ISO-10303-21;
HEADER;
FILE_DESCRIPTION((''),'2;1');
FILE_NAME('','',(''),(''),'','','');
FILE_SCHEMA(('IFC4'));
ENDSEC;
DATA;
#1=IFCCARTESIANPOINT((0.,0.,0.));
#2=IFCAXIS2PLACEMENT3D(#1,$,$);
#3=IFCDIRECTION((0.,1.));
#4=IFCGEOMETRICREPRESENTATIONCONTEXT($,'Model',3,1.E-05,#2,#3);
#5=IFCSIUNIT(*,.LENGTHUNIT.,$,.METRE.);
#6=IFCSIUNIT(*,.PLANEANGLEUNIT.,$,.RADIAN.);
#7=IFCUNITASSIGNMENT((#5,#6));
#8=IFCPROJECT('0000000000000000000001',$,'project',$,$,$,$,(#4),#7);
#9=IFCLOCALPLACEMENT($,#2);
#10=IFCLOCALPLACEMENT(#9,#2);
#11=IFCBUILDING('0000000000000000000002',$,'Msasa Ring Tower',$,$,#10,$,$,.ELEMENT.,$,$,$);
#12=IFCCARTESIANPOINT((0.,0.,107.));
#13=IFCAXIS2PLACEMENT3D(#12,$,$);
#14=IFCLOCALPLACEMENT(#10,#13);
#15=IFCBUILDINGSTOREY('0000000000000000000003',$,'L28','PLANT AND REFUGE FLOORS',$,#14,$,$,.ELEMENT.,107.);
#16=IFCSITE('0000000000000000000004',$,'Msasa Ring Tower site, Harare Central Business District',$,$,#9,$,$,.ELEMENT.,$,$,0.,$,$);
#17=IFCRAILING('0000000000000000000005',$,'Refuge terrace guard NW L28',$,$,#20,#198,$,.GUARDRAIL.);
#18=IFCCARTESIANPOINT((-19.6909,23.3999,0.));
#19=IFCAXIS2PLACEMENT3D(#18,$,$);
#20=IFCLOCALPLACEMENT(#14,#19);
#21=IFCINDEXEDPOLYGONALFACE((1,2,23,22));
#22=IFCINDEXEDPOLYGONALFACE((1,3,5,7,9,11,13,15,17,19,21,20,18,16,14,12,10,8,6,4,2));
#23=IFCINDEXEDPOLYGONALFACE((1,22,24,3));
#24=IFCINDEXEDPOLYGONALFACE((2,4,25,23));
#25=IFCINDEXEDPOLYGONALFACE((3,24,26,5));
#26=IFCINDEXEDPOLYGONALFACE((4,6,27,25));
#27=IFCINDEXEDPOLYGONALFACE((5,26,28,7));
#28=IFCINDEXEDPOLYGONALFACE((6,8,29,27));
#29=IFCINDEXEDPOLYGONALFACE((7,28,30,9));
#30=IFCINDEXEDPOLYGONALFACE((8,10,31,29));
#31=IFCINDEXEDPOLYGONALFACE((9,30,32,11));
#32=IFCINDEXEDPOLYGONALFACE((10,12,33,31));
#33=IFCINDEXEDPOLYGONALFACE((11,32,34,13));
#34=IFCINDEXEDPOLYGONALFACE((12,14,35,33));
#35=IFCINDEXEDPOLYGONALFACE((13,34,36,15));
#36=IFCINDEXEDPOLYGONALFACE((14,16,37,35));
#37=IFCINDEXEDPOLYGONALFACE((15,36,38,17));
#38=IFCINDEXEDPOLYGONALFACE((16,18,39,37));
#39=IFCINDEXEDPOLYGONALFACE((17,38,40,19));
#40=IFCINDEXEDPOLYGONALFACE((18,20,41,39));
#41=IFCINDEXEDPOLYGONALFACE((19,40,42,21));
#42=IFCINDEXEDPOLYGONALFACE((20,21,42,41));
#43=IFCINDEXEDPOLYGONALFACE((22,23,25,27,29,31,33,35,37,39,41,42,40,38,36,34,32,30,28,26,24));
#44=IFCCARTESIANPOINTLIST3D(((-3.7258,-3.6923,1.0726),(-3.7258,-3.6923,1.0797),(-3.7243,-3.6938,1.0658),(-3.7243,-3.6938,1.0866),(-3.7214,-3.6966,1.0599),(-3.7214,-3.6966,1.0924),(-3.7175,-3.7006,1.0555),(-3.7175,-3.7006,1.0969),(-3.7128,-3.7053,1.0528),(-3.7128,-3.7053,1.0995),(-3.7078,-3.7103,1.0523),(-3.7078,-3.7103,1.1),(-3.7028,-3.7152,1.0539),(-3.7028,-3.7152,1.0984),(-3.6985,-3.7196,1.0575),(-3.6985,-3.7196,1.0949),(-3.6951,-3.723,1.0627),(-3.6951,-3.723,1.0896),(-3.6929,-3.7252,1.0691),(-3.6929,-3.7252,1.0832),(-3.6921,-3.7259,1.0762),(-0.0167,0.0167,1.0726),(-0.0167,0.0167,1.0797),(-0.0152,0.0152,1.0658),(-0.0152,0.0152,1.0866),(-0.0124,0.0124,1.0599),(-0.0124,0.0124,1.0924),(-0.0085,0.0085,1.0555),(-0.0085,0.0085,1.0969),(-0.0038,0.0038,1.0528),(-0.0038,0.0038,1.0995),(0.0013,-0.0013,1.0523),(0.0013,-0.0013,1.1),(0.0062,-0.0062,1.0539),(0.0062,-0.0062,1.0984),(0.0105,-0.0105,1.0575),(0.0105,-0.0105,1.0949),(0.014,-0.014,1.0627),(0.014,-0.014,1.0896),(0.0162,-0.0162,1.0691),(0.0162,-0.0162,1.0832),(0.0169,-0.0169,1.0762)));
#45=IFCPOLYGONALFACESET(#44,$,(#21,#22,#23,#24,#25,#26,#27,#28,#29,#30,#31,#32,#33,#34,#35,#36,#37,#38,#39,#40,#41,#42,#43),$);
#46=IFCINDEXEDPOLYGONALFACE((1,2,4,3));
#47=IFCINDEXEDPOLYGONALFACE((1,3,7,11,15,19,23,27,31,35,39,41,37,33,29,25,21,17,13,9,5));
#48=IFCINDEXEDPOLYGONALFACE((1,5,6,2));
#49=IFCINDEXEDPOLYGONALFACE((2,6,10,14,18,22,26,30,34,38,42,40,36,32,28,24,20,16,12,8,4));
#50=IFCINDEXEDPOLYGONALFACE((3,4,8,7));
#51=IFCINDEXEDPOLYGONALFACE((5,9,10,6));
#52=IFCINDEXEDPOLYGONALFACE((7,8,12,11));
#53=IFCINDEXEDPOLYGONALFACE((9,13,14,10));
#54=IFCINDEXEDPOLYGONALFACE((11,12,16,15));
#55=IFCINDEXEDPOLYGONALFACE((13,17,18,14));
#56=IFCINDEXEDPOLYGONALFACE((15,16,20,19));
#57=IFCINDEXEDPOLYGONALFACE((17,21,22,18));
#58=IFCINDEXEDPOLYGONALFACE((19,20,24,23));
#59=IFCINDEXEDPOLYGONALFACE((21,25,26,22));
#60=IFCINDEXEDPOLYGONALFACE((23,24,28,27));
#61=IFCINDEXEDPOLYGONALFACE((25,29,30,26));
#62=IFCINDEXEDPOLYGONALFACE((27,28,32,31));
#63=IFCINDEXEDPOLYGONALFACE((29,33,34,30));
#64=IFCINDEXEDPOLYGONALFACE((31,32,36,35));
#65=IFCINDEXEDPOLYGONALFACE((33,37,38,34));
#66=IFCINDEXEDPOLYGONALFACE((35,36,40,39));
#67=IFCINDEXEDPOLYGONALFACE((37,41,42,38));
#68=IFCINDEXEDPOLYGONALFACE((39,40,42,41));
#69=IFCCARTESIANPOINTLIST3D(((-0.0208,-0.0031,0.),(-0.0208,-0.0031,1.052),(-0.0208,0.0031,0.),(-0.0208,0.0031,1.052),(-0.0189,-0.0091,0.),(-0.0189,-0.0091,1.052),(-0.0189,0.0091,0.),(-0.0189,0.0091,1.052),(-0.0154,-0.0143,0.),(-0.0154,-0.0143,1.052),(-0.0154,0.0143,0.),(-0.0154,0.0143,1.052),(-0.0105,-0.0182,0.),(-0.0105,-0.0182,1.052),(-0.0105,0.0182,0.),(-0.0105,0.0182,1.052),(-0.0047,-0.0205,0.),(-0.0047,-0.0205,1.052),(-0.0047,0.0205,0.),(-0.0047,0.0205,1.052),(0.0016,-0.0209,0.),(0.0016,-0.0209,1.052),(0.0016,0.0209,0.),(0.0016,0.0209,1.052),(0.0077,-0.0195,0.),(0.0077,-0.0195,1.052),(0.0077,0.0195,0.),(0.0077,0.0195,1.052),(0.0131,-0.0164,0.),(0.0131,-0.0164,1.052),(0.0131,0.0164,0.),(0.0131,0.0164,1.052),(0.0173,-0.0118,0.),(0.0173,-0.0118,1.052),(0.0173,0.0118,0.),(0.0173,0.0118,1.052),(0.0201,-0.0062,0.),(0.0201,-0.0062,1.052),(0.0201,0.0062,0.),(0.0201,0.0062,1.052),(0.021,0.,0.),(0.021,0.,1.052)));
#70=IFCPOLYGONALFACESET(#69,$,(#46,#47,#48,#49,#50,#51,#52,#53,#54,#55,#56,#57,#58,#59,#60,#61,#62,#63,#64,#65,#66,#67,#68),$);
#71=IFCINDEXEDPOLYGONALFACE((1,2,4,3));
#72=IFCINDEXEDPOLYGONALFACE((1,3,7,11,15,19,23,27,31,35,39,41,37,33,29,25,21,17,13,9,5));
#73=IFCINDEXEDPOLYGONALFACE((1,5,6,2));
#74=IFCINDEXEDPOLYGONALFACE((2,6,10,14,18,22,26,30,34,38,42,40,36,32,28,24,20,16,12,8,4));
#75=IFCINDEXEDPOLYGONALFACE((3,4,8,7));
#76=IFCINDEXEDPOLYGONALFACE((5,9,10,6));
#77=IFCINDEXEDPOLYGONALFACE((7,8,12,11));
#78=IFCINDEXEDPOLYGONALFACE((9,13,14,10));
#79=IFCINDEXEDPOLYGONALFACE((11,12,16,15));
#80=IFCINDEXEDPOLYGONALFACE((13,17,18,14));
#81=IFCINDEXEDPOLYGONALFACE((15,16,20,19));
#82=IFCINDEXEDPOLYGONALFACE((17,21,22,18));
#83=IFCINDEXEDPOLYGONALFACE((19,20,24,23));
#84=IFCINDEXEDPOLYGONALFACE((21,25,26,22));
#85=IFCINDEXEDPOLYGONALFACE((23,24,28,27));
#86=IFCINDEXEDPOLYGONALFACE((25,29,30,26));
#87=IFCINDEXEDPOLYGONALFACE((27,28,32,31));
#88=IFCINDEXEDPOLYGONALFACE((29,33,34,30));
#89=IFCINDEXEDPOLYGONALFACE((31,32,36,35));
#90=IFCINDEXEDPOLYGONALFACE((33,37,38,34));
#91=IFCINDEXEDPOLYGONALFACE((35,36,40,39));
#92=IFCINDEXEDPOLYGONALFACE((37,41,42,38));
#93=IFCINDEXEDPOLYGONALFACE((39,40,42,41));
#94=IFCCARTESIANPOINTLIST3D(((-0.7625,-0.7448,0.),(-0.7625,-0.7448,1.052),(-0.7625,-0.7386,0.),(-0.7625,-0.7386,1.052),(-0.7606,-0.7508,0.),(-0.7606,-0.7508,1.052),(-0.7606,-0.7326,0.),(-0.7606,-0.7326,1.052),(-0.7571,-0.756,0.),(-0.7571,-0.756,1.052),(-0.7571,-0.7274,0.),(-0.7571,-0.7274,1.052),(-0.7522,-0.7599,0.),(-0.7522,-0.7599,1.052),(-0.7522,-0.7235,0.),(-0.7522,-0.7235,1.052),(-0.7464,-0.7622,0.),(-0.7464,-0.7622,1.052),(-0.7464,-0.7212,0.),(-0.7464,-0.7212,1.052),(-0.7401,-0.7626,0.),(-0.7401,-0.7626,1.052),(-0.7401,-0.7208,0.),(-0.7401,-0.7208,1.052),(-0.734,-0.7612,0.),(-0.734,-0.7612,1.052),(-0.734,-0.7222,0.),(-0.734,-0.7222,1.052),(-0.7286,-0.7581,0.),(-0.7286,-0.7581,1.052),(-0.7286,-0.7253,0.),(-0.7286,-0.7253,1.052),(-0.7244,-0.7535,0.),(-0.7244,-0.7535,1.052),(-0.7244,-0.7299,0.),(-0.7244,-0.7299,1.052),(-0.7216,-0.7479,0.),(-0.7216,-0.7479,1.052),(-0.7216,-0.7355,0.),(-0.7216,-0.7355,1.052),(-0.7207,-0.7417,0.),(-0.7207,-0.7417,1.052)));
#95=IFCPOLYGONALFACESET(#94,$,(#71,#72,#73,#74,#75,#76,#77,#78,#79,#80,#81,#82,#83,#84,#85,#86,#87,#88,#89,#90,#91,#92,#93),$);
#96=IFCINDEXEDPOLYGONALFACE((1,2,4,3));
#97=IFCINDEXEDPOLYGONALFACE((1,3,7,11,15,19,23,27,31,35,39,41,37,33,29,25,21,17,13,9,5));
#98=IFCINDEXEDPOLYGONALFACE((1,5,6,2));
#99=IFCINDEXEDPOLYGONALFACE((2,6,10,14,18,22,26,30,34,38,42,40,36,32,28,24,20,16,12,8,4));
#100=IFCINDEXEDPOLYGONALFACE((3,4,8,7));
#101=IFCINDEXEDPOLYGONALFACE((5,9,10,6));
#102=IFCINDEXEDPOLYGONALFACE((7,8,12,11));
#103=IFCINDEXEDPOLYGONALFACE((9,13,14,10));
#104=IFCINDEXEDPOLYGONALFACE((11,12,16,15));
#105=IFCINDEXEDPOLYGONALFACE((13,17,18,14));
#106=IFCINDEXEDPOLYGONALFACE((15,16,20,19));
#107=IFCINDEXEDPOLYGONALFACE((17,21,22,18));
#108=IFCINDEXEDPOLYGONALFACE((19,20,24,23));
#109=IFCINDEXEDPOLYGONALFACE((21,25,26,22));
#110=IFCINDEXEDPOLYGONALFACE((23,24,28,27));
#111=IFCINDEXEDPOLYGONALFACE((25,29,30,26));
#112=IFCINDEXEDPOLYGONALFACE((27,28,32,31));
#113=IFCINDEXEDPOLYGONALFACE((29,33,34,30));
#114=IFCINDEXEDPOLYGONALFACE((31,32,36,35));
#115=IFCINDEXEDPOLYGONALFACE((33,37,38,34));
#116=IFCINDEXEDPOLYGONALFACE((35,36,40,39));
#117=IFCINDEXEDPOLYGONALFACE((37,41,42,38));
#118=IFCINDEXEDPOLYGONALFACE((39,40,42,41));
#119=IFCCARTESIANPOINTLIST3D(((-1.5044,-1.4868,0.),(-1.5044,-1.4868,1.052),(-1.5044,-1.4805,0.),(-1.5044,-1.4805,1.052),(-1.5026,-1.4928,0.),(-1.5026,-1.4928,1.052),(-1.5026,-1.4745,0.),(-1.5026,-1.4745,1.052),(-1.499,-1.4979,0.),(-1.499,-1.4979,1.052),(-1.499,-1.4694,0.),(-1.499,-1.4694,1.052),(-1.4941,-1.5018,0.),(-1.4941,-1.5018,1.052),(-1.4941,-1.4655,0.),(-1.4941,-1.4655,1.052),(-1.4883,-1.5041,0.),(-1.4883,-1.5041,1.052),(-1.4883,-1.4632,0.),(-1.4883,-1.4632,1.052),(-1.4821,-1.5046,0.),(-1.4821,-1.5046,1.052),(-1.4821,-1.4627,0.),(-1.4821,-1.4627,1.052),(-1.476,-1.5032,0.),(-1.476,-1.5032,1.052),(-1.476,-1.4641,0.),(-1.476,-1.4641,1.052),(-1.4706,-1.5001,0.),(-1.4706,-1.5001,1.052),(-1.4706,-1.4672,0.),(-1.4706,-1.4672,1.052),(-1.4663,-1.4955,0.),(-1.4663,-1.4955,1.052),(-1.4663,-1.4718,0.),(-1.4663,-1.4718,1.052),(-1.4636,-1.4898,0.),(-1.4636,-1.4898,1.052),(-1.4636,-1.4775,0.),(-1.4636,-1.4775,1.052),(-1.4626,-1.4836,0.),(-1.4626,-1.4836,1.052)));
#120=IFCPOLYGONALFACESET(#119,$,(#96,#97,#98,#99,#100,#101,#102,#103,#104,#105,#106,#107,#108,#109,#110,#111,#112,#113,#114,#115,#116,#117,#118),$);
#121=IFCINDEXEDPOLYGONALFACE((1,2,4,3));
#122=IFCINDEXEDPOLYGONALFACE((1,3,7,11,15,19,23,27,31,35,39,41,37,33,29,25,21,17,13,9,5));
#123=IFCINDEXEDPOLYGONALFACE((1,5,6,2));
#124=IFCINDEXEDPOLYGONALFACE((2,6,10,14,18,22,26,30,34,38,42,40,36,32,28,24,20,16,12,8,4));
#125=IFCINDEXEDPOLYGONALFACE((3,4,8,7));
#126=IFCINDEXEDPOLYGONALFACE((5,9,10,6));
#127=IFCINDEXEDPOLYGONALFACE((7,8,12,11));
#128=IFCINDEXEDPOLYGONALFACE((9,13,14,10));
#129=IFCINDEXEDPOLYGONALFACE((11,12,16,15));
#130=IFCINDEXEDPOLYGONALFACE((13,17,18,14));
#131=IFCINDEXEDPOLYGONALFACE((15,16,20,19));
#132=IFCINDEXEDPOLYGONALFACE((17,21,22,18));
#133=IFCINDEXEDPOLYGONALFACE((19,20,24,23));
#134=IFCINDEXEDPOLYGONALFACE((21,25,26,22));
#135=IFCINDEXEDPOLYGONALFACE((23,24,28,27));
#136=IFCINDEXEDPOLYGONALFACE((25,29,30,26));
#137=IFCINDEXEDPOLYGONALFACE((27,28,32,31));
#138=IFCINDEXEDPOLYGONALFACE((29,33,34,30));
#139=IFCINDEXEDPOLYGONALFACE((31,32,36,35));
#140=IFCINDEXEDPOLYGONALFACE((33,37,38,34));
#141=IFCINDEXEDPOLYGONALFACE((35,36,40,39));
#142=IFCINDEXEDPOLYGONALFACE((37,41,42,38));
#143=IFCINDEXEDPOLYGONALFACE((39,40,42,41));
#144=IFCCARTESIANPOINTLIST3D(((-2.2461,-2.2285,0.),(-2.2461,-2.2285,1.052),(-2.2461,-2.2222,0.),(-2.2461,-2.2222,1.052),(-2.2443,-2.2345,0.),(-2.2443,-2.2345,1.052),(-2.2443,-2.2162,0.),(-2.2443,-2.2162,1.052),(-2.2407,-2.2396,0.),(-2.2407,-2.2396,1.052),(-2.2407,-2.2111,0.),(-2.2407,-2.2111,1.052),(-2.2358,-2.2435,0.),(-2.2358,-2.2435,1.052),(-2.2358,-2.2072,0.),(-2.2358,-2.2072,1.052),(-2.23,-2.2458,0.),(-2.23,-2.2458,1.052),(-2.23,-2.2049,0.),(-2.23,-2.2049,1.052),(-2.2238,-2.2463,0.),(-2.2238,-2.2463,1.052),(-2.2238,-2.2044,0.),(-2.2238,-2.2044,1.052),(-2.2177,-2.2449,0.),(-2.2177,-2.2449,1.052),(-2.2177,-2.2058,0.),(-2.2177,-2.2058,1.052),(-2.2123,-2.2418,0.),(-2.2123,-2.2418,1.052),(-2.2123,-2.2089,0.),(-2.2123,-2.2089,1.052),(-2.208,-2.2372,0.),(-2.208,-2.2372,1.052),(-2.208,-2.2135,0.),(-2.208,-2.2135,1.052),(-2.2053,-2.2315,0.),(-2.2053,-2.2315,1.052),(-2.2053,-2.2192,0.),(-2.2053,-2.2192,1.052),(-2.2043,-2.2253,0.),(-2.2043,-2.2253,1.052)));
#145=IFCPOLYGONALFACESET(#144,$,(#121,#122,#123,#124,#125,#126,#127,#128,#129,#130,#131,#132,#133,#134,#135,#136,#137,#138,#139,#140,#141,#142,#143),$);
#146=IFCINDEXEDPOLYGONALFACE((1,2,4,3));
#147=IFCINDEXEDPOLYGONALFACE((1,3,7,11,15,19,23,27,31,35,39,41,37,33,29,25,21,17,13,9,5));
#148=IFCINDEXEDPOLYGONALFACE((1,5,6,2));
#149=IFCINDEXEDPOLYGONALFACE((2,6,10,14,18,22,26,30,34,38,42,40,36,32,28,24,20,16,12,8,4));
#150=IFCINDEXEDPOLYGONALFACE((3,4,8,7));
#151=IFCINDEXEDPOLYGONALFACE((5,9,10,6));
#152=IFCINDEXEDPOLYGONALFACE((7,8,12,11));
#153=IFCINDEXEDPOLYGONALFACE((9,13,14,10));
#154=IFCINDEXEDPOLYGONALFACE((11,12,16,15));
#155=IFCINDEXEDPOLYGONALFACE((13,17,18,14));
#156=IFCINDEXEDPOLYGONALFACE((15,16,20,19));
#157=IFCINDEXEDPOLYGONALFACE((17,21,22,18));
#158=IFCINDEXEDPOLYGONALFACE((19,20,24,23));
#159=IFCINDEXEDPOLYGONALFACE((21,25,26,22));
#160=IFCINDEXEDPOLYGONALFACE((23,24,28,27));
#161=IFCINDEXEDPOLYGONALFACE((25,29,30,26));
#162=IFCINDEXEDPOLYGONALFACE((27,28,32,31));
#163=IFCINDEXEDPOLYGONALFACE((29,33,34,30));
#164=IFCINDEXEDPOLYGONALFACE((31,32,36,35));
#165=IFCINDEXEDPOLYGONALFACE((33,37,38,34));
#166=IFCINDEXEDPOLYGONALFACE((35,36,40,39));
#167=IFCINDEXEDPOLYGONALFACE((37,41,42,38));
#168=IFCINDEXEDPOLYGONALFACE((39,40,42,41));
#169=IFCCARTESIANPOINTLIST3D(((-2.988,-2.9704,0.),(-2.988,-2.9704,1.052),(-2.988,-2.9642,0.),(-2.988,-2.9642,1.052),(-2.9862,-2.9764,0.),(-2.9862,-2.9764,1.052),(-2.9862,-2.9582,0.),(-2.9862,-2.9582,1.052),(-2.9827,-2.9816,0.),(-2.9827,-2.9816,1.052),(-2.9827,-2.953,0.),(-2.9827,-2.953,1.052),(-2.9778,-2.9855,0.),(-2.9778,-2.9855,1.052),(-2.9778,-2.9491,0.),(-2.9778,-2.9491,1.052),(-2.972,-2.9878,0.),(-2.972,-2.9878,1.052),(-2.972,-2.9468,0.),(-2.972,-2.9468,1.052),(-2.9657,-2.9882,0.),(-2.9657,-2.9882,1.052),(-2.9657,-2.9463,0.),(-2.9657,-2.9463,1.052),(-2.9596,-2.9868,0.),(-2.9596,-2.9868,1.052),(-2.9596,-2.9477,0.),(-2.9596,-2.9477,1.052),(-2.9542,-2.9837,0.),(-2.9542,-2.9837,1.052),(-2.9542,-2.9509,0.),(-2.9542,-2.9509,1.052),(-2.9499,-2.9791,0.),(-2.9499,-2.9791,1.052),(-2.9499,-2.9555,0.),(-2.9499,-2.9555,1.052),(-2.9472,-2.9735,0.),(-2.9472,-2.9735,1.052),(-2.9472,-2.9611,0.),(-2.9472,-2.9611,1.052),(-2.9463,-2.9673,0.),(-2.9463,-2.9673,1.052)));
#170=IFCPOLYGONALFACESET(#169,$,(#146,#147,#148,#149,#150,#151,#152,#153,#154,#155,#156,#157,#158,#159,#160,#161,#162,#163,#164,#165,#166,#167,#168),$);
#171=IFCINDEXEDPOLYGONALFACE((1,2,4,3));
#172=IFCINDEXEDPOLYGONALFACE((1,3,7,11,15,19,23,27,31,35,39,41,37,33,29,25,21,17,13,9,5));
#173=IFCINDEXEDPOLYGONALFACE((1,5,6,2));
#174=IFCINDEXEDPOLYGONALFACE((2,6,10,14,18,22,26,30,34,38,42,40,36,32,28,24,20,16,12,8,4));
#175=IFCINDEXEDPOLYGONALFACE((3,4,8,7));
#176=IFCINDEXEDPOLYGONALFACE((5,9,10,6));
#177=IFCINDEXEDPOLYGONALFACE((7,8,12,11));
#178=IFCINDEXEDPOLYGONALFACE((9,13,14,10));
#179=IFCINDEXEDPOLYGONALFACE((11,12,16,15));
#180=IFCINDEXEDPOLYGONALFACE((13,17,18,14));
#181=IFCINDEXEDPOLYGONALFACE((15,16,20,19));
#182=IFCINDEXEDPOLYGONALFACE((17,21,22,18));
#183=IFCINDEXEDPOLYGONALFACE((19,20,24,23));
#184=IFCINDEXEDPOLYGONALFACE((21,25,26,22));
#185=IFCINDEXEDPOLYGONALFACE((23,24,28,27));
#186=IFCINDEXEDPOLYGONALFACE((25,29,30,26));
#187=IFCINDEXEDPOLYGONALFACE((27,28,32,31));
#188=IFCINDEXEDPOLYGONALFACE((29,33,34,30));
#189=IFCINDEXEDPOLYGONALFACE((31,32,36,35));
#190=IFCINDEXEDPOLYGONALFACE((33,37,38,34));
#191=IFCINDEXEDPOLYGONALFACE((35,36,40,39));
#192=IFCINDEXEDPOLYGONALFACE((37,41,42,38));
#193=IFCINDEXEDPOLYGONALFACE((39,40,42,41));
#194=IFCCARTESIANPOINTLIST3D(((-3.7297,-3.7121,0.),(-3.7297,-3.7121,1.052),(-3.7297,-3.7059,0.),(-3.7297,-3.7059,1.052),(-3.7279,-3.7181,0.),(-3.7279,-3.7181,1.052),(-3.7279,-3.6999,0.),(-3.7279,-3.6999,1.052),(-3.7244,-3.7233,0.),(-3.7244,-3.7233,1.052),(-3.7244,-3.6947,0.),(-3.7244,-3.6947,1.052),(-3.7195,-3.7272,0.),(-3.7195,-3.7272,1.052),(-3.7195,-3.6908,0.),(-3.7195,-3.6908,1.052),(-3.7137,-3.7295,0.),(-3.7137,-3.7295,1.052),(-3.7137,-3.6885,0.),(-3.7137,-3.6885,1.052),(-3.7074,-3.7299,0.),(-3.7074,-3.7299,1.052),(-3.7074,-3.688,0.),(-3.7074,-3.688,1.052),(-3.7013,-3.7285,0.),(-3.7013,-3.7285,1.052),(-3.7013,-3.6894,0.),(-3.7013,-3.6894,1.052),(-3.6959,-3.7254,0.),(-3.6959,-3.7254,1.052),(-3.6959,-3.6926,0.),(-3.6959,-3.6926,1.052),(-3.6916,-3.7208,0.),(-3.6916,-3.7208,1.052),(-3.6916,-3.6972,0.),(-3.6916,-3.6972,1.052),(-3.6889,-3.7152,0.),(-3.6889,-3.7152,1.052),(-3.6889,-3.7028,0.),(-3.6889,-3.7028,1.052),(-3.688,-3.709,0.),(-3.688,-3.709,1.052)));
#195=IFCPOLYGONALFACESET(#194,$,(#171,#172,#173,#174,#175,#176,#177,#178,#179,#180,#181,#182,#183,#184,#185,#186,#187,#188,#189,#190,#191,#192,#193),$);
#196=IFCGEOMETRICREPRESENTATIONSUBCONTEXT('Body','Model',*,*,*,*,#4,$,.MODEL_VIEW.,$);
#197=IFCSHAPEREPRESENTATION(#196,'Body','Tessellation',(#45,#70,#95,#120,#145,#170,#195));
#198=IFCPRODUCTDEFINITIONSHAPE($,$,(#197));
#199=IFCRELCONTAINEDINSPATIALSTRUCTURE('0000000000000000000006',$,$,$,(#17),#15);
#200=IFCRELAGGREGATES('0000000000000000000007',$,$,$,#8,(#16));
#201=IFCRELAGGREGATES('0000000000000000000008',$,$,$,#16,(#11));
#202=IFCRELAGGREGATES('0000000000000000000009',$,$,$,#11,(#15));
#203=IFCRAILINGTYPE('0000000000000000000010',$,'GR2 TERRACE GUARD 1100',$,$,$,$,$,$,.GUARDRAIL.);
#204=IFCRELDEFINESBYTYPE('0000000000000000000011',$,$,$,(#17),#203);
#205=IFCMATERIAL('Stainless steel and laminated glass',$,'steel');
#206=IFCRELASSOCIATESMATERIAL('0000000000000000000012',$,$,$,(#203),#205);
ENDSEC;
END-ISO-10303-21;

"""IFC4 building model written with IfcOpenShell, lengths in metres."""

from ifc_helpers import new_model, si_unit, direction, frame, origin, origin_2d, place, context, subcontext, project, spatial, circle, extrude, material, type_object, element, save


model = new_model("IFC4")

# Units and contexts
model_context = context("Model", 3, precision=1e-05, world=origin(), true_north=direction((0.0, 1.0)))
body_context = subcontext(model_context, "Body", "Model", "MODEL_VIEW")
ifc_project = project(units=[si_unit("LENGTHUNIT", "METRE"), si_unit("PLANEANGLEUNIT", "RADIAN")], contexts=[model_context])

# Site, building, storey
site_placement = place(None, origin())
site = spatial("IfcSite", under=ifc_project, at=site_placement, Name="Msasa Ring Tower site, Harare Central Business District", CompositionType="ELEMENT", RefElevation=0.0)
building_placement = place(site_placement, origin())
building = spatial("IfcBuilding", under=site, at=building_placement, Name="Msasa Ring Tower", CompositionType="ELEMENT")
storey_placement = place(building_placement, frame((0.0, 0.0, 107.0)))
storey = spatial("IfcBuildingStorey", under=building, at=storey_placement, Name="L28", Description="PLANT AND REFUGE FLOORS", CompositionType="ELEMENT", Elevation=107.0)

# Railing
ifc_material_1 = material(Name="Stainless steel and laminated glass", Category="steel")
railing_type = type_object("IfcRailingType", Name="GR2 TERRACE GUARD 1100", PredefinedType="GUARDRAIL", material=ifc_material_1)
railing_1_placement = place(storey_placement, frame((-19.6909, 23.3999, 0.0)))
element("IfcRailing", 1, at=railing_1_placement, inside=storey, type_object=railing_type, Name="Refuge terrace guard NW L28", PredefinedType="GUARDRAIL", context=body_context, shape_type="SweptSolid", body=[
    extrude(circle(Radius=0.0239, at=origin_2d()), frame((0.0, 0.0, 1.0762), z_axis=(-0.707107, -0.707107, 0.0), x_axis=(0.707107, -0.707107, 0.0)), (0.0, 0.0, 1.0), 5.2454),
    extrude(circle(Radius=0.021, at=origin_2d()), origin(), (0.0, 0.0, 1.0), 1.052),
    extrude(circle(Radius=0.021, at=origin_2d()), frame((-0.7417, -0.7417, 0.0)), (0.0, 0.0, 1.0), 1.052),
    extrude(circle(Radius=0.021, at=origin_2d()), frame((-1.4836, -1.4836, 0.0)), (0.0, 0.0, 1.0), 1.052),
    extrude(circle(Radius=0.021, at=origin_2d()), frame((-2.2253, -2.2253, 0.0)), (0.0, 0.0, 1.0), 1.052),
    extrude(circle(Radius=0.021, at=origin_2d()), frame((-2.9673, -2.9673, 0.0)), (0.0, 0.0, 1.0), 1.052),
    extrude(circle(Radius=0.021, at=origin_2d()), frame((-3.709, -3.709, 0.0)), (0.0, 0.0, 1.0), 1.052),
])

save(model, "model.ifc")
